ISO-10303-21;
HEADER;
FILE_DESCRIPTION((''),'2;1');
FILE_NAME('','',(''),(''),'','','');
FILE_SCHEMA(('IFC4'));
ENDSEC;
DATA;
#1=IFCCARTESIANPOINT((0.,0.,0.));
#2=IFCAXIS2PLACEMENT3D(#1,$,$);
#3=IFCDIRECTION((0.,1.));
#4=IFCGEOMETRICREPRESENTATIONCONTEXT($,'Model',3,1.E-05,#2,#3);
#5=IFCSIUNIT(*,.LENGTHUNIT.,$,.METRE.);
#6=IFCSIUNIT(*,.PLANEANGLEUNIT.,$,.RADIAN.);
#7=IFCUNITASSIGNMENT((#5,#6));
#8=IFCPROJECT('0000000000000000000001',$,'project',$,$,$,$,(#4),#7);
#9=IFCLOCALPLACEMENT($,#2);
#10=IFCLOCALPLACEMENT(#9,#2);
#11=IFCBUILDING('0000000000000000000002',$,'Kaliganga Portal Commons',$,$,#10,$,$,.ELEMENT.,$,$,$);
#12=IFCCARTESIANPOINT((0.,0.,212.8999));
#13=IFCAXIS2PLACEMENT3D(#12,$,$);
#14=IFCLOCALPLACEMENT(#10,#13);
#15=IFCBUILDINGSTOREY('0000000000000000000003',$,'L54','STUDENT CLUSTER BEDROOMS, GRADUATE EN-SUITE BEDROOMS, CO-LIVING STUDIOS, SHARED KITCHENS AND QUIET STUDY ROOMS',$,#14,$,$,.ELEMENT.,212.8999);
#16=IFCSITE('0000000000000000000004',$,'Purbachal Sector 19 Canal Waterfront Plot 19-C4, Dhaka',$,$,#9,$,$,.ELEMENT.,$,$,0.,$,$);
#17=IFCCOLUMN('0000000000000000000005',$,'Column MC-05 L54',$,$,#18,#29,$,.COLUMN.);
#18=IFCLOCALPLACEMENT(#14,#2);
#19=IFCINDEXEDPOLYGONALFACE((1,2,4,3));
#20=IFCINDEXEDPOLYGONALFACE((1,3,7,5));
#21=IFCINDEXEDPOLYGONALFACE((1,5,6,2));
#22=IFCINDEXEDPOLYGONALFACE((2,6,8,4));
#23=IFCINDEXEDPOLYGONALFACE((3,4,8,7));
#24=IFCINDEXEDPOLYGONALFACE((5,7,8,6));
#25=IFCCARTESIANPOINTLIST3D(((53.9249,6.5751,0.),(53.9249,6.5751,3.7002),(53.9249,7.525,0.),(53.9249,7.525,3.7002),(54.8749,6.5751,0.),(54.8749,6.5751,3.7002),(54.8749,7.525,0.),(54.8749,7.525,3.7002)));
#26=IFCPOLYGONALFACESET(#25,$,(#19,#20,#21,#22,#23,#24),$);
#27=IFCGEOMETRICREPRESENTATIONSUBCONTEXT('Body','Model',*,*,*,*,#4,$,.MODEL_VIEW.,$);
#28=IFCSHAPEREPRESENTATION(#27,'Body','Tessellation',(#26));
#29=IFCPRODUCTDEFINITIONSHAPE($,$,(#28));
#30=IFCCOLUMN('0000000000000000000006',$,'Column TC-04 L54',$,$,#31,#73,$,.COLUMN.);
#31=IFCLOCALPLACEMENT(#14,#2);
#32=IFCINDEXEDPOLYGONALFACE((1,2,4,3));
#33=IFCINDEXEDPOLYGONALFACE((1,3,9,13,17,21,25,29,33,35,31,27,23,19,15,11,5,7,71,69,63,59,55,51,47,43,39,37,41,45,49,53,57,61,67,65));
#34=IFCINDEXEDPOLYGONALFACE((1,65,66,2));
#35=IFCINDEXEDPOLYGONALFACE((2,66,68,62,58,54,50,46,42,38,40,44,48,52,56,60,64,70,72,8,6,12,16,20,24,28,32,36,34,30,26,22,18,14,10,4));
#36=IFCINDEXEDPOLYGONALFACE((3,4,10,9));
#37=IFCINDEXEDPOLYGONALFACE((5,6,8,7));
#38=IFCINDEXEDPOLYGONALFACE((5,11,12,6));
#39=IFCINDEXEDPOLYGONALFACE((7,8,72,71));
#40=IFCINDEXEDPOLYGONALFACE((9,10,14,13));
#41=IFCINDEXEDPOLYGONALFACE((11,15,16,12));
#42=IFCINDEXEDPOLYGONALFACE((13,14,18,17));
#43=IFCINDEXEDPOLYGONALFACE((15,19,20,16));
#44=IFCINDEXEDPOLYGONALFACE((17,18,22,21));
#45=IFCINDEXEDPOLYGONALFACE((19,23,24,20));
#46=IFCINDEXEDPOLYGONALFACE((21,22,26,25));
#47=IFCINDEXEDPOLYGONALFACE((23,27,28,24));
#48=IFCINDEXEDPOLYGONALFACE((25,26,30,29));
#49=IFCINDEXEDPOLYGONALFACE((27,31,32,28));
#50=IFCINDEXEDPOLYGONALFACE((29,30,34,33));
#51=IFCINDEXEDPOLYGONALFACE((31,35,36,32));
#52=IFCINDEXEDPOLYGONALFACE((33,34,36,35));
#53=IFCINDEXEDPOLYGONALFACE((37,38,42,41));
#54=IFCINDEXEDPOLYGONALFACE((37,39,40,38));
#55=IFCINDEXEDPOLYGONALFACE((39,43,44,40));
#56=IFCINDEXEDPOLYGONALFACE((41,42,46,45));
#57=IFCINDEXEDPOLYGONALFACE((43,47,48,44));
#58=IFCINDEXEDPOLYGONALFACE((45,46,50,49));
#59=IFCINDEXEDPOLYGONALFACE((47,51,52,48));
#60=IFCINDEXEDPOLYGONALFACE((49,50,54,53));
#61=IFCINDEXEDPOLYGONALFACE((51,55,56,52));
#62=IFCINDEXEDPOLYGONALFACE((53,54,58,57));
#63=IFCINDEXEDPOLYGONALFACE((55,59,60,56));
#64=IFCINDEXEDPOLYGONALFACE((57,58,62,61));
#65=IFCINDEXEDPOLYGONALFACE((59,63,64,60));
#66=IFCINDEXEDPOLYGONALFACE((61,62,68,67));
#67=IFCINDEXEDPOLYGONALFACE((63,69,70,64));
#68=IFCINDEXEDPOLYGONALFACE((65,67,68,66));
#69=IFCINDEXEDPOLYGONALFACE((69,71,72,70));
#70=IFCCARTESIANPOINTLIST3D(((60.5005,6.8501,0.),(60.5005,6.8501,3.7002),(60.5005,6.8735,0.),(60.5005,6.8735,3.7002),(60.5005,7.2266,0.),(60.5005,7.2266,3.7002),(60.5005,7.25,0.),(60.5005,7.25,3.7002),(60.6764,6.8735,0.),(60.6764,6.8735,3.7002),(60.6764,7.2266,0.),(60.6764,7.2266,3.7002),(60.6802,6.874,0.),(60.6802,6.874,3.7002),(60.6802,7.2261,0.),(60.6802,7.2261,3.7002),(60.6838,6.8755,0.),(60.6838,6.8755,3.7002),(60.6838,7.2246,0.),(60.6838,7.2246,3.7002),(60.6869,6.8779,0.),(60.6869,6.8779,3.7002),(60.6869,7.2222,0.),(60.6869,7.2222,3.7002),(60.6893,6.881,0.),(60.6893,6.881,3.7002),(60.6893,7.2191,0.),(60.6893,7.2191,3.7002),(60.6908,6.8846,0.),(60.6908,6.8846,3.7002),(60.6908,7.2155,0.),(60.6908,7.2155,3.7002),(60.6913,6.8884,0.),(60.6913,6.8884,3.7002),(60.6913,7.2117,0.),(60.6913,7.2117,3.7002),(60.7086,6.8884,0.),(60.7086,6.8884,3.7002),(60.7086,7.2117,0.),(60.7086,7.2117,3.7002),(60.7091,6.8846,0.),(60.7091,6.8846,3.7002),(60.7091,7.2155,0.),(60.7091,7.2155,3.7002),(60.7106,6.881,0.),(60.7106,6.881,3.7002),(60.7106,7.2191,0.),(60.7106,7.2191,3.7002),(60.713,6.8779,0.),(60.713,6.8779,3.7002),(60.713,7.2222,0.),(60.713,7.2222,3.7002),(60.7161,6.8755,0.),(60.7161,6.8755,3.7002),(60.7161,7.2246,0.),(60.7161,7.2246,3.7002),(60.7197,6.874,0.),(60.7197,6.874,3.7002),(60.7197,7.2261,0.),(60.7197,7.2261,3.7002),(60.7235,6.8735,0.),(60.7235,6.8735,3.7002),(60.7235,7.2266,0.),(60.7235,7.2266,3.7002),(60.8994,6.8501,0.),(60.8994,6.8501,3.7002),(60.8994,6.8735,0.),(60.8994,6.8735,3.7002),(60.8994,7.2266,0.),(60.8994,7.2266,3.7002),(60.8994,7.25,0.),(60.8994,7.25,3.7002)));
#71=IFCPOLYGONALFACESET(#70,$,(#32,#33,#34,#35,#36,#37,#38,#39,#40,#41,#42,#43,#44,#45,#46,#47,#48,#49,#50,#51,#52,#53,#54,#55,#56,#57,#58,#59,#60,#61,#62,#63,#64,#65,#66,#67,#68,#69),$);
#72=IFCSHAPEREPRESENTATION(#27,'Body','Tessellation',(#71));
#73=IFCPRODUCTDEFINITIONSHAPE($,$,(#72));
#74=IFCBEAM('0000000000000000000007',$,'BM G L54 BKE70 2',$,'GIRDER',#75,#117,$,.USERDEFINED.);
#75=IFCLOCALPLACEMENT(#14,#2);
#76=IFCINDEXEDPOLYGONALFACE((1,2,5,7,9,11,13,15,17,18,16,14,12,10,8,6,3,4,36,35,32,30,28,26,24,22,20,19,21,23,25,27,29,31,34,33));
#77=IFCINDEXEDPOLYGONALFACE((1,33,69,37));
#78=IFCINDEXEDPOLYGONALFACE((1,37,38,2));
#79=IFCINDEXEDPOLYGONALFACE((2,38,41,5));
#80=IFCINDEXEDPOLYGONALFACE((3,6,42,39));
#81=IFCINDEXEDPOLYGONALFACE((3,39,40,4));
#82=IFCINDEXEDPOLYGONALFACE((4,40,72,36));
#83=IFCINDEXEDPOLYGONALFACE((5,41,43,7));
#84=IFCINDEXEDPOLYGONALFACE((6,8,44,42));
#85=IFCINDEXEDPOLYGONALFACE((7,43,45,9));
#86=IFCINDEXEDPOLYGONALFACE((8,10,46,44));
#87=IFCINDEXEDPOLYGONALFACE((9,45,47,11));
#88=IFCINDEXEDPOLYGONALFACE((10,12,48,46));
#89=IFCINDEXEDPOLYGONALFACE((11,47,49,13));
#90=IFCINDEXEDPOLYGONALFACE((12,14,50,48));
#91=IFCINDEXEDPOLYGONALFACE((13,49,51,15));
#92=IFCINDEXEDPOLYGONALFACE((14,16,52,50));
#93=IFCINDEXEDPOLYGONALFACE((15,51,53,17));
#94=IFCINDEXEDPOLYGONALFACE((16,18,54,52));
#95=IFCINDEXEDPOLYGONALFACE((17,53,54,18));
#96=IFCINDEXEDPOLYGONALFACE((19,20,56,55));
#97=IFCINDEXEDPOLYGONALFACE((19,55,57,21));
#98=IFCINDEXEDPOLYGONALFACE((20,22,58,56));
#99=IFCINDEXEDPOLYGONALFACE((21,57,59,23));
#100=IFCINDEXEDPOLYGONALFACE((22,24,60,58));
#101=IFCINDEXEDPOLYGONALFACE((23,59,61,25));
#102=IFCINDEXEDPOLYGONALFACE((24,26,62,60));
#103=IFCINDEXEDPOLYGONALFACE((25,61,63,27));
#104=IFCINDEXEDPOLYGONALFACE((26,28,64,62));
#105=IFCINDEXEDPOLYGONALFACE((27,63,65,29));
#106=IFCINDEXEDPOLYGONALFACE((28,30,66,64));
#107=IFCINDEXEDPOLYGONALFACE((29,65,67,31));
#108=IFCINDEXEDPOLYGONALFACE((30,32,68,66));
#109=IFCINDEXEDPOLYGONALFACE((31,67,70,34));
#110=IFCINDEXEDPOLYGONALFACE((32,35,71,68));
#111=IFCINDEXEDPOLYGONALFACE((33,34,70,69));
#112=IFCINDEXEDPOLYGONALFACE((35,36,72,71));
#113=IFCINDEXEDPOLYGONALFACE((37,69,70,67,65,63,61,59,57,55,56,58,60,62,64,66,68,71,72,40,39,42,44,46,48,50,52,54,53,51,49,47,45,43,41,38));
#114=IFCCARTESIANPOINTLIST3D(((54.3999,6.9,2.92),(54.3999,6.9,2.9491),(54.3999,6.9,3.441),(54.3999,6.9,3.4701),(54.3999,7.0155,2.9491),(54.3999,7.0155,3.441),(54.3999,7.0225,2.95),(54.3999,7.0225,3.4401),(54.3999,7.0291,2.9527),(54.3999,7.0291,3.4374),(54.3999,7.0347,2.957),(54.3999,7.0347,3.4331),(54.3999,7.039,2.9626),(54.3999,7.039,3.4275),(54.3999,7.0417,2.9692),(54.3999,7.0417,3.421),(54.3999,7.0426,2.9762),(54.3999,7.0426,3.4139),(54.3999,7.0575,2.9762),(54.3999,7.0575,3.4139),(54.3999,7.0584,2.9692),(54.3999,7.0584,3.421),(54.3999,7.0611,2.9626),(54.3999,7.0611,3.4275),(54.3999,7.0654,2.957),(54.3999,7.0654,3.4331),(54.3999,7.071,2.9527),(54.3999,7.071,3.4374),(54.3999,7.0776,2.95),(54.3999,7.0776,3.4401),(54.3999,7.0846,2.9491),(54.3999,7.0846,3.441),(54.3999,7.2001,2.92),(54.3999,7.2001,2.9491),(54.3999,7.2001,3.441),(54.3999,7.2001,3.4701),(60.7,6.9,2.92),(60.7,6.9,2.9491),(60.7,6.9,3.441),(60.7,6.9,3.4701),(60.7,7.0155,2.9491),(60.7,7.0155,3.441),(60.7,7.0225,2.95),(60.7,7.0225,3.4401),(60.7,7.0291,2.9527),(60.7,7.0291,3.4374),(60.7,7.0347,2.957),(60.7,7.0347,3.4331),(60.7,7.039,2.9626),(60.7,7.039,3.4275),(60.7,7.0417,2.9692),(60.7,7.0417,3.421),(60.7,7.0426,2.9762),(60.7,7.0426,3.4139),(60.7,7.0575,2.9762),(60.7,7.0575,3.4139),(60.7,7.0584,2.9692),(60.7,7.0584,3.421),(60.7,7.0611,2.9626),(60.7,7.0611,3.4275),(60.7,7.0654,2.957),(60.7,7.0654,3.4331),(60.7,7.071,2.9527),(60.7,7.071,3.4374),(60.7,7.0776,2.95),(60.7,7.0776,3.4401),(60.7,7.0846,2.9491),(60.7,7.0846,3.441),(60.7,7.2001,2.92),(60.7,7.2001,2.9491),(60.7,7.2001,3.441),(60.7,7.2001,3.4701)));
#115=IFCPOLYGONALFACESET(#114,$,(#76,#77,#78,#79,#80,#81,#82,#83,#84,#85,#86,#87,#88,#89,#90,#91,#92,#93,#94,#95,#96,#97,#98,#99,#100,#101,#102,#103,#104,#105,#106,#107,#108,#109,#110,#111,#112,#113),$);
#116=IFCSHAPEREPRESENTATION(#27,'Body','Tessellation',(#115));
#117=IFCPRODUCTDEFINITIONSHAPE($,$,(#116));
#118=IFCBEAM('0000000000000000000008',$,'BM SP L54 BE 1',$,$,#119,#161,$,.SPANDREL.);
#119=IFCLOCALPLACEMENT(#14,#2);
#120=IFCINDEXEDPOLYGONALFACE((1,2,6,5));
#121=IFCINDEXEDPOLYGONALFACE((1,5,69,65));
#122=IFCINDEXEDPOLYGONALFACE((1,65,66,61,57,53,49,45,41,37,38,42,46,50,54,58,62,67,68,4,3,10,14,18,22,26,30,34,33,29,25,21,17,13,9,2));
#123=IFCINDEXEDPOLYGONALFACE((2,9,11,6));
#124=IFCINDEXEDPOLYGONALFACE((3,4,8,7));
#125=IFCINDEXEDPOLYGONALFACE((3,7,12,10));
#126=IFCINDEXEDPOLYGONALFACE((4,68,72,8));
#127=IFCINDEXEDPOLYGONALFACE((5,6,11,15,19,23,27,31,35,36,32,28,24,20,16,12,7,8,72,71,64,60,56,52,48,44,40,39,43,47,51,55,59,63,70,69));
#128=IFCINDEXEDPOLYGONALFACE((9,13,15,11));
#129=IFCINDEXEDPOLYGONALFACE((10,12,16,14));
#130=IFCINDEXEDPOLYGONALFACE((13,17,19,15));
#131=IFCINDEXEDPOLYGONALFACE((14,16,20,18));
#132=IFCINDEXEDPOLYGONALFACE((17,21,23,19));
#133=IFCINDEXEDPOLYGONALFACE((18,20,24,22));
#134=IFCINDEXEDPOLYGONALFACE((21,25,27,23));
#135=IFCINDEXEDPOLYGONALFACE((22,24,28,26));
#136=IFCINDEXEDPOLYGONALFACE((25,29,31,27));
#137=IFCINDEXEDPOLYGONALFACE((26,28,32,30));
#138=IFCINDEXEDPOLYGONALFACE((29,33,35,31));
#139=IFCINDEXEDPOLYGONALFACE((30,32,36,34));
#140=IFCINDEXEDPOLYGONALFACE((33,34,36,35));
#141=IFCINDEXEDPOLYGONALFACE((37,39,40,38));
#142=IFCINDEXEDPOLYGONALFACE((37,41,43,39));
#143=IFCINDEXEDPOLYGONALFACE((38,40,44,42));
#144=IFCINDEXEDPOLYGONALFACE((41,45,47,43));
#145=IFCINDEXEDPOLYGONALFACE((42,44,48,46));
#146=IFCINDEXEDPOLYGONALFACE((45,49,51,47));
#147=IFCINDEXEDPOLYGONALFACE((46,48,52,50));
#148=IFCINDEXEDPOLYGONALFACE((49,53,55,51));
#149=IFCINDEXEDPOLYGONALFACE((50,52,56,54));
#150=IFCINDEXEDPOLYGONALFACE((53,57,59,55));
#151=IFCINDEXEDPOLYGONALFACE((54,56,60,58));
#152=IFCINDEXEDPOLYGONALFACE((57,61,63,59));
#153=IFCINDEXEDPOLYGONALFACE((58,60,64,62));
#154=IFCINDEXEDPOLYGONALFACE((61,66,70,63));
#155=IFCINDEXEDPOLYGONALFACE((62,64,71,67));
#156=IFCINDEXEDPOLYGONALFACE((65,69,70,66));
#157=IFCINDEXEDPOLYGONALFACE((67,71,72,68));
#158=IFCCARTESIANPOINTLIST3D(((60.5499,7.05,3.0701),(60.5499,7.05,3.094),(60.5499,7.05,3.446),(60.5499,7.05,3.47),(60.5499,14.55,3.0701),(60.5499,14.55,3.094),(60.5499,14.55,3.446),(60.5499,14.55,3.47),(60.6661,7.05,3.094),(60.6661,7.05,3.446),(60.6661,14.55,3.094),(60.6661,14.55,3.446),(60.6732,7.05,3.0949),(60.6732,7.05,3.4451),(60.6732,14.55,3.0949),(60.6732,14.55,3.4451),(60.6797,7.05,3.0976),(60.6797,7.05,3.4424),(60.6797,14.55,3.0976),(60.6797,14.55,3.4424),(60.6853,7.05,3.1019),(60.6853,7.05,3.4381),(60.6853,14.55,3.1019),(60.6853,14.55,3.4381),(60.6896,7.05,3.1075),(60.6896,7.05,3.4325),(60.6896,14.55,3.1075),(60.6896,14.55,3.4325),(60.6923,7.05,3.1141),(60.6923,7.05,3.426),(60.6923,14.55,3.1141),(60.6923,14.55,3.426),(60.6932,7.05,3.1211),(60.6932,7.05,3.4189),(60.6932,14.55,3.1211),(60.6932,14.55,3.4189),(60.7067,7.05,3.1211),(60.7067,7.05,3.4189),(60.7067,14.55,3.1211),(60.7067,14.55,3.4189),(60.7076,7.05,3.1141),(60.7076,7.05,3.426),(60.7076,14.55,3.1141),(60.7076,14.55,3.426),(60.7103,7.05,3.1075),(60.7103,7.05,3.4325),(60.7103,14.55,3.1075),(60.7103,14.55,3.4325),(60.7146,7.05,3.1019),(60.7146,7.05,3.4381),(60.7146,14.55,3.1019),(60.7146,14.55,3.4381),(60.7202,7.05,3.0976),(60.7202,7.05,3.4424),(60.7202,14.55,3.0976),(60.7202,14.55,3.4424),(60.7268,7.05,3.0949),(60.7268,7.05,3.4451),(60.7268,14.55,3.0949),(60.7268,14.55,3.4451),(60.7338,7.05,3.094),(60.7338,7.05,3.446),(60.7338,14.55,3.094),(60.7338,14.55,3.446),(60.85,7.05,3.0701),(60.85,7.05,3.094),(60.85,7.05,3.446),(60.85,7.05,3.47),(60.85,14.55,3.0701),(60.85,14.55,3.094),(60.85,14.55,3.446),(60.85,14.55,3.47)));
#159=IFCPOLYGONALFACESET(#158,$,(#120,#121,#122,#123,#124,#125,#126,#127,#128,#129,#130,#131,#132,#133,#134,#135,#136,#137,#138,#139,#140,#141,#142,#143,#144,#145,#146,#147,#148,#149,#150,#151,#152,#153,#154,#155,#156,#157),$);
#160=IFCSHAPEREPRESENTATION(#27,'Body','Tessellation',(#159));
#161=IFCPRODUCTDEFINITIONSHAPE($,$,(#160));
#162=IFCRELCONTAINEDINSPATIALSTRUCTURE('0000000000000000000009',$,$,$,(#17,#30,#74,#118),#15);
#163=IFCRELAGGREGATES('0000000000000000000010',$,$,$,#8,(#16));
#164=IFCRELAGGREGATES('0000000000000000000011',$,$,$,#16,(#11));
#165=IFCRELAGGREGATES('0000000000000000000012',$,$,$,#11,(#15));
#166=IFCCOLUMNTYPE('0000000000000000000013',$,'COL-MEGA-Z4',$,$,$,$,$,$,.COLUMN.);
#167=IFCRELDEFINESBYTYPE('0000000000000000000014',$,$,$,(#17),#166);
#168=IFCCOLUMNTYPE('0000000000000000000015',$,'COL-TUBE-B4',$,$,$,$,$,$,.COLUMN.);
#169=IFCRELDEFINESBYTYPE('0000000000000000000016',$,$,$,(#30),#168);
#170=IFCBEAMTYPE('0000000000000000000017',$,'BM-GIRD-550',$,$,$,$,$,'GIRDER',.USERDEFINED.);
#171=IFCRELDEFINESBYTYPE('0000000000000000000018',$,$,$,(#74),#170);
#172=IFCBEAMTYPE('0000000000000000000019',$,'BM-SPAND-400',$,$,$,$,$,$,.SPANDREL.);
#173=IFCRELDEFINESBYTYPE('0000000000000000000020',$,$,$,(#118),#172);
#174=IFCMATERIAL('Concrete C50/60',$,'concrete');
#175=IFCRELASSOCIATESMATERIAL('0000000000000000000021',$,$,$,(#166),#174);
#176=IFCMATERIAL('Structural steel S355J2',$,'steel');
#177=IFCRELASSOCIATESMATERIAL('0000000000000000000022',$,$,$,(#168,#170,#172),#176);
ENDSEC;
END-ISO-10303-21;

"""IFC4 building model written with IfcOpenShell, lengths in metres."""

from ifc_helpers import new_model, si_unit, direction, frame, origin, origin_2d, place, context, subcontext, project, spatial, rectangle, i_section, extrude, source, transform, mapped, material, material_profile, profile_set, type_object, element, save


model = new_model("IFC4")

# Units and contexts
model_context = context("Model", 3, precision=1e-05, world=origin(), true_north=direction((0.0, 1.0)))
body_context = subcontext(model_context, "Body", "Model", "MODEL_VIEW")
ifc_project = project(units=[si_unit("LENGTHUNIT", "METRE"), si_unit("PLANEANGLEUNIT", "RADIAN")], contexts=[model_context])

# Site, building, storey
site_placement = place(None, origin())
site = spatial("IfcSite", under=ifc_project, at=site_placement, Name="Purbachal Sector 19 Canal Waterfront Plot 19-C4, Dhaka", CompositionType="ELEMENT", RefElevation=0.0)
building_placement = place(site_placement, origin())
building = spatial("IfcBuilding", under=site, at=building_placement, Name="Kaliganga Portal Commons", CompositionType="ELEMENT")
storey_placement = place(building_placement, frame((0.0, 0.0, 212.8999)))
storey = spatial("IfcBuildingStorey", under=building, at=storey_placement, Name="L54", Description="STUDENT CLUSTER BEDROOMS, GRADUATE EN-SUITE BEDROOMS, CO-LIVING STUDIOS, SHARED KITCHENS AND QUIET STUDY ROOMS", CompositionType="ELEMENT", Elevation=212.8999)

# Columns
ifc_material_1 = material(Name="Concrete C50/60", Category="concrete")
ifc_material_profile_1 = material_profile(ifc_material_1, rectangle(XDim=0.95, YDim=0.95, at=origin_2d()), Name="RC 950x950")
ifc_profile_set_1 = profile_set([ifc_material_profile_1], Name="Concrete C50/60")
column_type_1 = type_object("IfcColumnType", Name="COL-MEGA-Z4", PredefinedType="COLUMN", material=ifc_profile_set_1)
shared_shape_1 = source(origin(), body_context, "Body", "SweptSolid", [
    extrude(rectangle(XDim=0.95, YDim=0.95, at=origin_2d()), origin(), (0.0, 0.0, 1.0), 3.7002),
])
column_1_placement = place(storey_placement, frame((54.3999, 7.05, 0.0), z_axis=(0.0, 0.0, 1.0), x_axis=(1.0, 0.0, 0.0)))
element("IfcColumn", 1, at=column_1_placement, inside=storey, type_object=column_type_1, Name="Column MC-05 L54", PredefinedType="COLUMN", context=body_context, shape_type="MappedRepresentation", body=[
    mapped(shared_shape_1, transform((0.0, 0.0, 0.0), x_axis=(1.0, 0.0, 0.0), y_axis=(0.0, 1.0, 0.0), z_axis=(0.0, 0.0, 1.0), scale=1.0)),
])
ifc_material_2 = material(Name="Structural steel S355J2", Category="steel")
ifc_material_profile_2 = material_profile(ifc_material_2, i_section(OverallWidth=0.3989, OverallDepth=0.3999, WebThickness=0.0173, FlangeThickness=0.0234, FilletRadius=0.0149, at=origin_2d()), Name="HD 400x287")
ifc_profile_set_2 = profile_set([ifc_material_profile_2], Name="Structural steel S355J2 wide-flange")
column_type_2 = type_object("IfcColumnType", Name="COL-TUBE-B4", PredefinedType="COLUMN", material=ifc_profile_set_2)
shared_shape_2 = source(origin(), body_context, "Body", "SweptSolid", [
    extrude(i_section(OverallWidth=0.3989, OverallDepth=0.3999, WebThickness=0.0173, FlangeThickness=0.0234, FilletRadius=0.0149, at=origin_2d()), origin(), (0.0, 0.0, 1.0), 3.7002),
])
column_2_placement = place(storey_placement, frame((60.7, 7.05, 0.0), z_axis=(0.0, 0.0, 1.0), x_axis=(1.0, 0.0, 0.0)))
element("IfcColumn", 2, at=column_2_placement, inside=storey, type_object=column_type_2, Name="Column TC-04 L54", PredefinedType="COLUMN", context=body_context, shape_type="MappedRepresentation", body=[
    mapped(shared_shape_2, transform((0.0, 0.0, 0.0), x_axis=(1.0, 0.0, 0.0), y_axis=(0.0, 1.0, 0.0), z_axis=(0.0, 0.0, 1.0), scale=1.0)),
])

# Beams
ifc_material_profile_3 = material_profile(ifc_material_2, i_section(OverallWidth=0.3, OverallDepth=0.55, WebThickness=0.0149, FlangeThickness=0.0291, FilletRadius=0.0271, at=origin_2d()), Name="HE 550 B")
ifc_profile_set_3 = profile_set([ifc_material_profile_3], Name="Structural steel S355J2 wide-flange")
beam_type_1 = type_object("IfcBeamType", Name="BM-GIRD-550", ElementType="GIRDER", PredefinedType="USERDEFINED", material=ifc_profile_set_3)
shared_shape_3 = source(origin(), body_context, "Body", "SweptSolid", [
    extrude(i_section(OverallWidth=0.3, OverallDepth=0.55, WebThickness=0.0149, FlangeThickness=0.0291, FilletRadius=0.0271, at=origin_2d()), origin(), (0.0, 0.0, 1.0), 6.3),
])
beam_1_placement = place(storey_placement, frame((54.3999, 7.05, 3.1951), z_axis=(1.0, 0.0, 0.0), x_axis=(0.0, 1.0, 0.0)))
element("IfcBeam", 3, at=beam_1_placement, inside=storey, type_object=beam_type_1, Name="BM G L54 BKE70 2", ObjectType="GIRDER", PredefinedType="USERDEFINED", context=body_context, shape_type="MappedRepresentation", body=[
    mapped(shared_shape_3, transform((0.0, 0.0, 0.0), x_axis=(1.0, 0.0, 0.0), y_axis=(0.0, 1.0, 0.0), z_axis=(0.0, 0.0, 1.0), scale=1.0)),
])
ifc_material_profile_4 = material_profile(ifc_material_2, i_section(OverallWidth=0.3, OverallDepth=0.3999, WebThickness=0.0134, FlangeThickness=0.0239, FilletRadius=0.0271, at=origin_2d()), Name="HE 400 B")
ifc_profile_set_4 = profile_set([ifc_material_profile_4], Name="Structural steel S355J2 wide-flange")
beam_type_2 = type_object("IfcBeamType", Name="BM-SPAND-400", PredefinedType="SPANDREL", material=ifc_profile_set_4)
shared_shape_4 = source(origin(), body_context, "Body", "SweptSolid", [
    extrude(i_section(OverallWidth=0.3, OverallDepth=0.3999, WebThickness=0.0134, FlangeThickness=0.0239, FilletRadius=0.0271, at=origin_2d()), origin(), (0.0, 0.0, 1.0), 7.5),
])
beam_2_placement = place(storey_placement, frame((60.7, 7.05, 3.27), z_axis=(0.0, 1.0, 0.0), x_axis=(-1.0, 0.0, 0.0)))
element("IfcBeam", 4, at=beam_2_placement, inside=storey, type_object=beam_type_2, Name="BM SP L54 BE 1", PredefinedType="SPANDREL", context=body_context, shape_type="MappedRepresentation", body=[
    mapped(shared_shape_4, transform((0.0, 0.0, 0.0), x_axis=(1.0, 0.0, 0.0), y_axis=(0.0, 1.0, 0.0), z_axis=(0.0, 0.0, 1.0), scale=1.0)),
])

save(model, "model.ifc")
